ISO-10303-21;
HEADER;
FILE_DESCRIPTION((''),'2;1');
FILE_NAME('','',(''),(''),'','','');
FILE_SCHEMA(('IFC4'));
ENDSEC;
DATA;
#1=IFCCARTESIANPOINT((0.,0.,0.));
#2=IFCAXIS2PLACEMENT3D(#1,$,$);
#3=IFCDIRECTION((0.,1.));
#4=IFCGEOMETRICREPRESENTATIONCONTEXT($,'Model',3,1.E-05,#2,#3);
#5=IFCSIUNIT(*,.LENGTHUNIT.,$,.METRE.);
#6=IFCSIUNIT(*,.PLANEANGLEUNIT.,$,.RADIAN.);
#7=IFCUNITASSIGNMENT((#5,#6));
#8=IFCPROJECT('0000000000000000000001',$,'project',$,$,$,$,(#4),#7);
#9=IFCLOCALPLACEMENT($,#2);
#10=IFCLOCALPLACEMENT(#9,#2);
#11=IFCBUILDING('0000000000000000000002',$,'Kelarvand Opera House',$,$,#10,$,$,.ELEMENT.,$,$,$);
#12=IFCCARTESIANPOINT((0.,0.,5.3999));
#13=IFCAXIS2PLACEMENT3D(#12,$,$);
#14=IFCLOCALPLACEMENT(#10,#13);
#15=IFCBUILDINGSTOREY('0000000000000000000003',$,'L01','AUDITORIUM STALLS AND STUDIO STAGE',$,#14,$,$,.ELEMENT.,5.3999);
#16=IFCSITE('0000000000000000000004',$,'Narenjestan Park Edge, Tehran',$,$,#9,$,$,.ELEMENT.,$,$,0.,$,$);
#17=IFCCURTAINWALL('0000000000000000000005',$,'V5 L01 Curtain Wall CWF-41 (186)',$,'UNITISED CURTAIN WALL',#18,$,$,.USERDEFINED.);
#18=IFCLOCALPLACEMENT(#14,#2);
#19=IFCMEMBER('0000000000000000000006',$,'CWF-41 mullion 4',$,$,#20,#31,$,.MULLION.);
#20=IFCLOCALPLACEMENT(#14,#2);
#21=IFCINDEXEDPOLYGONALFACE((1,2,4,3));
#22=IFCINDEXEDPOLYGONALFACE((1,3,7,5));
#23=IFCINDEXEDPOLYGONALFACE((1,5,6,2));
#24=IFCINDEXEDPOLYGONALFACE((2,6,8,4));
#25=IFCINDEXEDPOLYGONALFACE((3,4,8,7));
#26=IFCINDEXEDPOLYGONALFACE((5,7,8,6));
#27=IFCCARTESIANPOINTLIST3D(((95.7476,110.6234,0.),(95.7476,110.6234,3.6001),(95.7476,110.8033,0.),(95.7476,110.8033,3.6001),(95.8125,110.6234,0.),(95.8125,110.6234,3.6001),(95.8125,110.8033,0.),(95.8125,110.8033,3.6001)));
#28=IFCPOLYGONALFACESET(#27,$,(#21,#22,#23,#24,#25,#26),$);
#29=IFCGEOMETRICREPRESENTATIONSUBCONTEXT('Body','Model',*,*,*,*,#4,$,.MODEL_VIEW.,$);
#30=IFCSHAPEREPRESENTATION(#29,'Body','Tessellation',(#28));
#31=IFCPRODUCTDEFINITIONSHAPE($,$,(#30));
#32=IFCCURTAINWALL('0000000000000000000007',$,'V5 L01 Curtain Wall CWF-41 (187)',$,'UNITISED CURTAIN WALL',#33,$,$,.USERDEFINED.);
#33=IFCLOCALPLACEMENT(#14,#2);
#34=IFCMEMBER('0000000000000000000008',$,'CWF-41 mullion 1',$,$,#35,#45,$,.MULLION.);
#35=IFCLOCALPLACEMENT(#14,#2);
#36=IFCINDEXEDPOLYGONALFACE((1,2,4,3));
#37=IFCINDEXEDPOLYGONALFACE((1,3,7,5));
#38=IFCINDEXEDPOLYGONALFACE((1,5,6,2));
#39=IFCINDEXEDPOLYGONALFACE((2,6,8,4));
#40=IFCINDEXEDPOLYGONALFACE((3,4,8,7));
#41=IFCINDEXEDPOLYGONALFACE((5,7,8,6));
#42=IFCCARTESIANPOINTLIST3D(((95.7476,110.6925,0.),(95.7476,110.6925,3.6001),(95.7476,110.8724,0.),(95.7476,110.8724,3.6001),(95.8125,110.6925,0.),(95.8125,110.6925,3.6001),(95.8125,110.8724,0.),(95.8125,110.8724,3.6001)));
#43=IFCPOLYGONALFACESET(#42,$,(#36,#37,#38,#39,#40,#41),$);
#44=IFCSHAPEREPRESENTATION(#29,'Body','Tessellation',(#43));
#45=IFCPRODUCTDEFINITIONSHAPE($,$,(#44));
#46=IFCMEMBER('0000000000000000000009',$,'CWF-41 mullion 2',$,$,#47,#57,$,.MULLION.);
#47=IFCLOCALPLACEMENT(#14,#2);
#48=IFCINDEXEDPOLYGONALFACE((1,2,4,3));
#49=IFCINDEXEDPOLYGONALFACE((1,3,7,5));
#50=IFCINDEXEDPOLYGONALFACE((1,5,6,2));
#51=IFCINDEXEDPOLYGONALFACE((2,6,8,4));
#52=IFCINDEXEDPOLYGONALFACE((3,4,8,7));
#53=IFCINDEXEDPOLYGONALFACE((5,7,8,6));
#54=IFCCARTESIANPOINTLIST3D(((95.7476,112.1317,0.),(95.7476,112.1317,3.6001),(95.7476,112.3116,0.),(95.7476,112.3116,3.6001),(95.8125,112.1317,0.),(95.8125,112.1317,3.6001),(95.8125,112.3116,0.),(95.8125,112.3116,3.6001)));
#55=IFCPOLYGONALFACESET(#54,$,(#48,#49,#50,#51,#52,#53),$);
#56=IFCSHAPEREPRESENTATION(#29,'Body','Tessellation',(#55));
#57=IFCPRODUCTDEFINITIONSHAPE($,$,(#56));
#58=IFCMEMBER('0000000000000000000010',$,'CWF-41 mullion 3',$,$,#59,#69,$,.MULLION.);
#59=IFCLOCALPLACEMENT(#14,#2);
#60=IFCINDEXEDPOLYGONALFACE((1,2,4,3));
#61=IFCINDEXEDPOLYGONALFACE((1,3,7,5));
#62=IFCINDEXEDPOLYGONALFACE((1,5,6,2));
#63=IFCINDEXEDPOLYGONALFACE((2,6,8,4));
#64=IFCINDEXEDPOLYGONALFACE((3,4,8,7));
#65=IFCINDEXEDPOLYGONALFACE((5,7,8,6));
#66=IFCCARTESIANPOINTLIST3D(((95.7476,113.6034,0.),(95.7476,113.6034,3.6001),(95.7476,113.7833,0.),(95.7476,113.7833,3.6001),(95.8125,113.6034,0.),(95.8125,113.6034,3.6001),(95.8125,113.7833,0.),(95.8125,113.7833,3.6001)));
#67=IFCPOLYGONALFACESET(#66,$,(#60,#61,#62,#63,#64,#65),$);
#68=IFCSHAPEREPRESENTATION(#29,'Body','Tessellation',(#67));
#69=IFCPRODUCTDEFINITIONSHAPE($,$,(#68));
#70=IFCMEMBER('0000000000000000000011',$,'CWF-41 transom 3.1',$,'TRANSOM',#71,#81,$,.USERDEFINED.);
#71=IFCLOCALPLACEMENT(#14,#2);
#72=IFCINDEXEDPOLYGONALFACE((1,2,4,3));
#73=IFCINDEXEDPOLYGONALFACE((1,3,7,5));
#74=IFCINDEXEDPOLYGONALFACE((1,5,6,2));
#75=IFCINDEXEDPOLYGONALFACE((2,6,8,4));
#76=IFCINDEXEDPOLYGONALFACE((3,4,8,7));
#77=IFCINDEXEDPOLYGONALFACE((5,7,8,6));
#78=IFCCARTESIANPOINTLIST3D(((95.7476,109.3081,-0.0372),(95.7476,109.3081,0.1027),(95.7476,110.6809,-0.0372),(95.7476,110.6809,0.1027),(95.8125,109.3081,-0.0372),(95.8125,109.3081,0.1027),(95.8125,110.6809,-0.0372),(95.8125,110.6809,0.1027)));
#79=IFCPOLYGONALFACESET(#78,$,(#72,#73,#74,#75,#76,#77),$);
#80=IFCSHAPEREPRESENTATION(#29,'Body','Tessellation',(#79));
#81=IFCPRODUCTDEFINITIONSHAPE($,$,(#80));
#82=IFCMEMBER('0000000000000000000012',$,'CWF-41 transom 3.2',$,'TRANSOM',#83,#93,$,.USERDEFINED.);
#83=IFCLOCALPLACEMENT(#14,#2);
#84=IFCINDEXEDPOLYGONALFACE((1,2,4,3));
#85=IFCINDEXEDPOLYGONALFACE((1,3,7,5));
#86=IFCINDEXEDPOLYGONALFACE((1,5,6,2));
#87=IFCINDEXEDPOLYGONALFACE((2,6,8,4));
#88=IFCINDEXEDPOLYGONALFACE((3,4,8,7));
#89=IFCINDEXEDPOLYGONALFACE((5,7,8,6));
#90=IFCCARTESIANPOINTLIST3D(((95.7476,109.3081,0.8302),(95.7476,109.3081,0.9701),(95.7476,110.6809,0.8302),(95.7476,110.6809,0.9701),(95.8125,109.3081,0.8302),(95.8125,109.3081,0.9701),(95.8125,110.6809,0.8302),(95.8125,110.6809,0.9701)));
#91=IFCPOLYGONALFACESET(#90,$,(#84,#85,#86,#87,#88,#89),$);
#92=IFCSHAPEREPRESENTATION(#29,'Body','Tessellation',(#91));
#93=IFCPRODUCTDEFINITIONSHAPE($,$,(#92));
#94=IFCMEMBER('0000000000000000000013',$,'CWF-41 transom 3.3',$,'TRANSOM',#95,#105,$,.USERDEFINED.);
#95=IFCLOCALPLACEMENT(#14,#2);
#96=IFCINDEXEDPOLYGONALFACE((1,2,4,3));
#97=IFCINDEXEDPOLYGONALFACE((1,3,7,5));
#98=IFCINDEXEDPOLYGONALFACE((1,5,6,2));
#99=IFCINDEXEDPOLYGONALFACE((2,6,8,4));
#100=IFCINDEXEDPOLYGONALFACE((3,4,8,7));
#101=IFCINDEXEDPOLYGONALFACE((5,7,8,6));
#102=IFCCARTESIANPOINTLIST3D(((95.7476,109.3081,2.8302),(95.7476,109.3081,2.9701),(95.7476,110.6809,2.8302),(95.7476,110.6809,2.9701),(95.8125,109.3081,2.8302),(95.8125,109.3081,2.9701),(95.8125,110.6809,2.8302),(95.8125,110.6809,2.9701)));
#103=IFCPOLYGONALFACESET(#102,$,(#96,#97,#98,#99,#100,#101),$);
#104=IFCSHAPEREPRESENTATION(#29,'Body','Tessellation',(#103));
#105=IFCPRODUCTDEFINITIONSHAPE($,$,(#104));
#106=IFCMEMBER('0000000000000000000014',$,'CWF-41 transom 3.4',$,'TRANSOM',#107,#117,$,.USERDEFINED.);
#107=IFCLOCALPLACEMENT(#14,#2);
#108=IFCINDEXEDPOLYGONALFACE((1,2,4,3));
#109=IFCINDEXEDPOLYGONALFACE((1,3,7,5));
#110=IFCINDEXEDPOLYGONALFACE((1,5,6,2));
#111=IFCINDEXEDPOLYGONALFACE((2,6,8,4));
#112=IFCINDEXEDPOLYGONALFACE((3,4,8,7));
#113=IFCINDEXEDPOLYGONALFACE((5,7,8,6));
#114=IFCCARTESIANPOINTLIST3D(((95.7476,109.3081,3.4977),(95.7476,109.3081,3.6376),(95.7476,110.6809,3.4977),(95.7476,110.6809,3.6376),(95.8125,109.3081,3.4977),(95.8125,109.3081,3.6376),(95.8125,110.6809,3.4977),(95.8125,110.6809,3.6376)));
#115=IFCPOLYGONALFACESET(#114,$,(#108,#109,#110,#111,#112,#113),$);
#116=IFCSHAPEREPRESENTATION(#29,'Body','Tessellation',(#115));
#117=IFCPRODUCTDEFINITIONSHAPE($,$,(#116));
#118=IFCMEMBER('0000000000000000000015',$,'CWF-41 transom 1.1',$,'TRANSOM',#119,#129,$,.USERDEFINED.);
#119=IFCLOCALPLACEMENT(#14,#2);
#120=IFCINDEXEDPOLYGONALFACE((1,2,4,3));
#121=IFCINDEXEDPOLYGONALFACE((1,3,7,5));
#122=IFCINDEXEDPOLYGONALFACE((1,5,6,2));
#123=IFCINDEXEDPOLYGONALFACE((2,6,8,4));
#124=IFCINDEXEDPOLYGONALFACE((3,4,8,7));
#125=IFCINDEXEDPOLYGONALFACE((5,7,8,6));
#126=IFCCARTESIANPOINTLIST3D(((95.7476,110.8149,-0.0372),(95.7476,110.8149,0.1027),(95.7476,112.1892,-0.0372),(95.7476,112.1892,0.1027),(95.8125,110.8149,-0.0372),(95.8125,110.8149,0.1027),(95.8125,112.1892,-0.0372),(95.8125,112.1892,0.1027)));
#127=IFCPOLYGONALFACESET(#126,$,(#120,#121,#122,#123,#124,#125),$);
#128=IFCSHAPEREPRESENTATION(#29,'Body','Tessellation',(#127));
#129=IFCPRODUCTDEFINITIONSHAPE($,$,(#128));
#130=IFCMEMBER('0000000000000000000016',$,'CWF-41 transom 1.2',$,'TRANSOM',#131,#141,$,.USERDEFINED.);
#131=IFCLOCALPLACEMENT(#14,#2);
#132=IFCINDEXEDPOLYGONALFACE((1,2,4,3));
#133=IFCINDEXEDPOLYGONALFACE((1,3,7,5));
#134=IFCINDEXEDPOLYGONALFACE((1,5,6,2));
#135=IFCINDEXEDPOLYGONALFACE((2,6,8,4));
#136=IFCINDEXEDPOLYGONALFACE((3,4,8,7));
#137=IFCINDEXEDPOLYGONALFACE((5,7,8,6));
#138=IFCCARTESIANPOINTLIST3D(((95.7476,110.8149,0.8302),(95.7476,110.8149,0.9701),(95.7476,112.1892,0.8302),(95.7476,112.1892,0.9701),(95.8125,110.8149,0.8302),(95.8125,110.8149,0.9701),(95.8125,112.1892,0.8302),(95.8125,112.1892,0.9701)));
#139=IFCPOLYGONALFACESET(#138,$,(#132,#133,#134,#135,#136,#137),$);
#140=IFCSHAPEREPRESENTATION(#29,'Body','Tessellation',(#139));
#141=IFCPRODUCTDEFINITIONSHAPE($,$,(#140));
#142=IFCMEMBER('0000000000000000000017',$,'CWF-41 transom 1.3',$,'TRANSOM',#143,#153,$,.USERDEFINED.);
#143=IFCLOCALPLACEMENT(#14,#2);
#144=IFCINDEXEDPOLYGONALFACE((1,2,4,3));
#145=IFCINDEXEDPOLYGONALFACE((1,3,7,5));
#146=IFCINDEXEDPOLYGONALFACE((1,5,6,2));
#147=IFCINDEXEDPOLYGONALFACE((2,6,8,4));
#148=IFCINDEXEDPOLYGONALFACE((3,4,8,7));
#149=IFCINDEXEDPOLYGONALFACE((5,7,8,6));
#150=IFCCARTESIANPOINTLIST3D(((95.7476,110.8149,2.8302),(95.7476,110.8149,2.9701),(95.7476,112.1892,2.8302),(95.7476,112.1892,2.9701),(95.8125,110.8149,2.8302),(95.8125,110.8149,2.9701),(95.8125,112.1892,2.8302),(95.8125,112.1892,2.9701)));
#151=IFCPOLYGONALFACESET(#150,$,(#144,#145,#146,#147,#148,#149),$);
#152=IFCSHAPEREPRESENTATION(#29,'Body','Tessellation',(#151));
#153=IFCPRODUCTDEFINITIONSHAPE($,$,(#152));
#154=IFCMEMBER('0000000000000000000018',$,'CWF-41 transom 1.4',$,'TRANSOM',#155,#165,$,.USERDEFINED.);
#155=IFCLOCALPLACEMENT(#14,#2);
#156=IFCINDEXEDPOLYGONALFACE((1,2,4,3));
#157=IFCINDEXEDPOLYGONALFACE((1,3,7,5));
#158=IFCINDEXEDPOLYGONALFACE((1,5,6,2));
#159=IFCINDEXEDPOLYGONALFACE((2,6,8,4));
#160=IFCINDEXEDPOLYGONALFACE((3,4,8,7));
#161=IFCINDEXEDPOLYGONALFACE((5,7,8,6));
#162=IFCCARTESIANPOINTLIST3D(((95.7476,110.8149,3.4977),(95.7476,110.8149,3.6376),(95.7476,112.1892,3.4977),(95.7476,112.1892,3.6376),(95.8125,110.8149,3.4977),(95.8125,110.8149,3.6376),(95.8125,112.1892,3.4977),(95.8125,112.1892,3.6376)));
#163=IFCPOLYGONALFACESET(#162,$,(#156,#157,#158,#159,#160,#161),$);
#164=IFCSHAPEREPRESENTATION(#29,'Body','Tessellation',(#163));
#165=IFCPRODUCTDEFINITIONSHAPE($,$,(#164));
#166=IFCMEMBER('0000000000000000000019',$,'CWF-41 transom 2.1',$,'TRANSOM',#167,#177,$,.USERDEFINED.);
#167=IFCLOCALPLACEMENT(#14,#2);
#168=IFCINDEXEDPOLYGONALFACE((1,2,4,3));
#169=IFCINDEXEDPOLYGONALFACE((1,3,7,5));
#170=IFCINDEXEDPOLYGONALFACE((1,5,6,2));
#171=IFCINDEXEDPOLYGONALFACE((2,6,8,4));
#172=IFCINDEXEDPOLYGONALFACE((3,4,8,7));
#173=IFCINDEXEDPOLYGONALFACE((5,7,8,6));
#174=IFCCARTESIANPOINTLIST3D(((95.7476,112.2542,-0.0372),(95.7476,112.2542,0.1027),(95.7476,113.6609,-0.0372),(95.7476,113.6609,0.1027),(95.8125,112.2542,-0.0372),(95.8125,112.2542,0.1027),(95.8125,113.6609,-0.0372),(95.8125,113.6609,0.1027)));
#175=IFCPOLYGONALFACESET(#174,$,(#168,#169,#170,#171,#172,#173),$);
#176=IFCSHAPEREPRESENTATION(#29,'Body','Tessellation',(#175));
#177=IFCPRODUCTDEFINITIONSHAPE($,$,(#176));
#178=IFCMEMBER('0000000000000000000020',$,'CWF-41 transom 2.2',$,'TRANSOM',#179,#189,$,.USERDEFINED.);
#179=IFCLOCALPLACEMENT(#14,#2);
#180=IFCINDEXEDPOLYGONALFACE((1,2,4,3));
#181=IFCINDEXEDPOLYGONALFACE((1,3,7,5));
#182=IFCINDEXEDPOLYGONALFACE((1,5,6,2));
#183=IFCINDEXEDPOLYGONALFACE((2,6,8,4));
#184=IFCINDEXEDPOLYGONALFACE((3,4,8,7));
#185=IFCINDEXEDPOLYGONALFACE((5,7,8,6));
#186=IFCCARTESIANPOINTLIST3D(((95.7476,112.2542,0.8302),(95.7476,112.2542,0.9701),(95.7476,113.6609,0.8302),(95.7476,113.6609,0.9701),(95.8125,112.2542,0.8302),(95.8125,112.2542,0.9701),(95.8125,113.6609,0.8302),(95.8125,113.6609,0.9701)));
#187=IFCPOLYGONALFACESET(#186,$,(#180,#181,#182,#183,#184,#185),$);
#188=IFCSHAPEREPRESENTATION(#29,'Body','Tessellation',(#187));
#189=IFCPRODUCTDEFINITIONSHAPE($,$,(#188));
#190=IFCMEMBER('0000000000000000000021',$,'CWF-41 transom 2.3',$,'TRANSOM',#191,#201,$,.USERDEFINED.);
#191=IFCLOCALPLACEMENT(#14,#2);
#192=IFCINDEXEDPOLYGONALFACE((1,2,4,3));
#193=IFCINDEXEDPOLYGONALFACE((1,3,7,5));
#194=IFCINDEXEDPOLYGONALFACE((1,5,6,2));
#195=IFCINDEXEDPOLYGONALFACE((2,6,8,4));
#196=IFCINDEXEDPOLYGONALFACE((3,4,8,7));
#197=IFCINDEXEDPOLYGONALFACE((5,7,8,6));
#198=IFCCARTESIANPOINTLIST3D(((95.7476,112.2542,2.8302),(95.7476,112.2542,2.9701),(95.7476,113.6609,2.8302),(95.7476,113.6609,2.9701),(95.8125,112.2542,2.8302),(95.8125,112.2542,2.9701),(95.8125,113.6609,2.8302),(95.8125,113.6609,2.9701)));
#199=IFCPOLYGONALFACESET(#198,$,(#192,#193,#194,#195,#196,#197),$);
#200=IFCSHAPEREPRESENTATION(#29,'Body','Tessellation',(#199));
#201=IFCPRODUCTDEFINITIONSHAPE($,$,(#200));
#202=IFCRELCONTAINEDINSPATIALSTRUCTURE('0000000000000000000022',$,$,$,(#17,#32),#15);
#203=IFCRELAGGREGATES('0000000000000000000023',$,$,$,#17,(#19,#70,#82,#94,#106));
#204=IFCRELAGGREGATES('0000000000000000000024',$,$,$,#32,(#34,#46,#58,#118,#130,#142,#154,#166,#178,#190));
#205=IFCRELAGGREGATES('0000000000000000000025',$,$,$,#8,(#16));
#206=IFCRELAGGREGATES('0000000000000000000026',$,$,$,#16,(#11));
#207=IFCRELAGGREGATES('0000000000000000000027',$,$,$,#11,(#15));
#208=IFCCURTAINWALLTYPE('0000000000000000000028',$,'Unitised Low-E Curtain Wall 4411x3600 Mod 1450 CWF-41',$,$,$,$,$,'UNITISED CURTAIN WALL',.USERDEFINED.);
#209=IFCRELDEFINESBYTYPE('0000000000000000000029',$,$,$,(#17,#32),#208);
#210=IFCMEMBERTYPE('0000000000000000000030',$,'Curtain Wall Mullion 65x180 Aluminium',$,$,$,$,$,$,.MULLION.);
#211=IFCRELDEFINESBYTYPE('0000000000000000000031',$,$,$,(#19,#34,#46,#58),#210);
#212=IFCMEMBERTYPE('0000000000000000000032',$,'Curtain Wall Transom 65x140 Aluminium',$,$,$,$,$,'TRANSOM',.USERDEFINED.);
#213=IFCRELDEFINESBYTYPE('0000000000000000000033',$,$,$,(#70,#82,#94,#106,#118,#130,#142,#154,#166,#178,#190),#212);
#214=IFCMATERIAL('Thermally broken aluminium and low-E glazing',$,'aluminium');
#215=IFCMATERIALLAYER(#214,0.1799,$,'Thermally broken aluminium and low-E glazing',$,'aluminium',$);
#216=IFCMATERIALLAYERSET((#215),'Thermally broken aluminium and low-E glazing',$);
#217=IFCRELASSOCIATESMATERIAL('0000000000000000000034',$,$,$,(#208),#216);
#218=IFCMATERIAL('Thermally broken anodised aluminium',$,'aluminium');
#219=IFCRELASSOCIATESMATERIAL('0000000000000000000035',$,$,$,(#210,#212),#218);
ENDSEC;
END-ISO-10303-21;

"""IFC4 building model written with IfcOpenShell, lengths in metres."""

from ifc_helpers import new_model, si_unit, direction, frame, origin, origin_2d, place, context, subcontext, project, spatial, rectangle, extrude, material, layer, layer_set, material_profile, profile_set, type_object, element, aggregate, save


model = new_model("IFC4")

# Units and contexts
model_context = context("Model", 3, precision=1e-05, world=origin(), true_north=direction((0.0, 1.0)))
body_context = subcontext(model_context, "Body", "Model", "MODEL_VIEW")
ifc_project = project(units=[si_unit("LENGTHUNIT", "METRE"), si_unit("PLANEANGLEUNIT", "RADIAN")], contexts=[model_context])

# Site, building, storey
site_placement = place(None, origin())
site = spatial("IfcSite", under=ifc_project, at=site_placement, Name="Narenjestan Park Edge, Tehran", CompositionType="ELEMENT", RefElevation=0.0)
building_placement = place(site_placement, origin())
building = spatial("IfcBuilding", under=site, at=building_placement, Name="Kelarvand Opera House", CompositionType="ELEMENT")
storey_placement = place(building_placement, frame((0.0, 0.0, 5.3999)))
storey = spatial("IfcBuildingStorey", under=building, at=storey_placement, Name="L01", Description="AUDITORIUM STALLS AND STUDIO STAGE", CompositionType="ELEMENT", Elevation=5.3999)

# Curtain wall, member
ifc_material_1 = material(Name="Thermally broken aluminium and low-E glazing", Category="aluminium")
ifc_layer_1 = layer(ifc_material_1, 0.1799, Name="Thermally broken aluminium and low-E glazing", Category="aluminium")
ifc_layer_set_1 = layer_set([ifc_layer_1], Name="Thermally broken aluminium and low-E glazing")
curtain_wall_type = type_object("IfcCurtainWallType", Name="Unitised Low-E Curtain Wall 4411x3600 Mod 1450 CWF-41", ElementType="UNITISED CURTAIN WALL", PredefinedType="USERDEFINED", material=ifc_layer_set_1)
curtain_wall_1_placement = place(storey_placement, origin())
curtain_wall_1 = element("IfcCurtainWall", 1, at=curtain_wall_1_placement, inside=storey, type_object=curtain_wall_type, Name="V5 L01 Curtain Wall CWF-41 (186)", ObjectType="UNITISED CURTAIN WALL", PredefinedType="USERDEFINED")
ifc_material_2 = material(Name="Thermally broken anodised aluminium", Category="aluminium")
ifc_material_profile_1 = material_profile(ifc_material_2, rectangle(XDim=0.0649, YDim=0.1799, at=origin_2d()), Name="ALU MULLION 65x180", Category="aluminium")
ifc_profile_set_1 = profile_set([ifc_material_profile_1], Name="Thermally broken anodised aluminium")
member_type_1 = type_object("IfcMemberType", Name="Curtain Wall Mullion 65x180 Aluminium", PredefinedType="MULLION", material=ifc_profile_set_1)
member_1_placement = place(storey_placement, frame((95.78, 110.7134, 0.0), z_axis=(0.0, 0.0, 1.0), x_axis=(-1.0, 0.0, 0.0)))
member_1 = element("IfcMember", 2, at=member_1_placement, type_object=member_type_1, Name="CWF-41 mullion 4", PredefinedType="MULLION", context=body_context, shape_type="SweptSolid", body=[
    extrude(rectangle(XDim=0.0649, YDim=0.1799, at=origin_2d()), origin(), (0.0, 0.0, 1.0), 3.6001),
])

# Curtain wall, members
curtain_wall_2_placement = place(storey_placement, origin())
curtain_wall_2 = element("IfcCurtainWall", 3, at=curtain_wall_2_placement, inside=storey, type_object=curtain_wall_type, Name="V5 L01 Curtain Wall CWF-41 (187)", ObjectType="UNITISED CURTAIN WALL", PredefinedType="USERDEFINED")
member_2_placement = place(storey_placement, frame((95.78, 110.7825, 0.0), z_axis=(0.0, 0.0, 1.0), x_axis=(-1.0, 0.0, 0.0)))
member_2 = element("IfcMember", 4, at=member_2_placement, type_object=member_type_1, Name="CWF-41 mullion 1", PredefinedType="MULLION", context=body_context, shape_type="SweptSolid", body=[
    extrude(rectangle(XDim=0.0649, YDim=0.1799, at=origin_2d()), origin(), (0.0, 0.0, 1.0), 3.6001),
])
member_3_placement = place(storey_placement, frame((95.78, 112.2217, 0.0), z_axis=(0.0, 0.0, 1.0), x_axis=(-1.0, 0.0, 0.0)))
member_3 = element("IfcMember", 5, at=member_3_placement, type_object=member_type_1, Name="CWF-41 mullion 2", PredefinedType="MULLION", context=body_context, shape_type="SweptSolid", body=[
    extrude(rectangle(XDim=0.0649, YDim=0.1799, at=origin_2d()), origin(), (0.0, 0.0, 1.0), 3.6001),
])
member_4_placement = place(storey_placement, frame((95.78, 113.6934, 0.0), z_axis=(0.0, 0.0, 1.0), x_axis=(-1.0, 0.0, 0.0)))
member_4 = element("IfcMember", 6, at=member_4_placement, type_object=member_type_1, Name="CWF-41 mullion 3", PredefinedType="MULLION", context=body_context, shape_type="SweptSolid", body=[
    extrude(rectangle(XDim=0.0649, YDim=0.1799, at=origin_2d()), origin(), (0.0, 0.0, 1.0), 3.6001),
])

# Members
ifc_material_profile_2 = material_profile(ifc_material_2, rectangle(XDim=0.0649, YDim=0.1399, at=origin_2d()), Name="ALU TRANSOM 65x140", Category="aluminium")
ifc_profile_set_2 = profile_set([ifc_material_profile_2], Name="Thermally broken anodised aluminium")
member_type_2 = type_object("IfcMemberType", Name="Curtain Wall Transom 65x140 Aluminium", ElementType="TRANSOM", PredefinedType="USERDEFINED", material=ifc_profile_set_2)
member_5_placement = place(storey_placement, frame((95.78, 109.3081, 0.0327), z_axis=(0.0, 1.0, 0.0), x_axis=(-1.0, 0.0, 0.0)))
member_5 = element("IfcMember", 7, at=member_5_placement, type_object=member_type_2, Name="CWF-41 transom 3.1", ObjectType="TRANSOM", PredefinedType="USERDEFINED", context=body_context, shape_type="SweptSolid", body=[
    extrude(rectangle(XDim=0.0649, YDim=0.1399, at=origin_2d()), origin(), (0.0, 0.0, 1.0), 1.3728),
])
member_6_placement = place(storey_placement, frame((95.78, 109.3081, 0.9001), z_axis=(0.0, 1.0, 0.0), x_axis=(-1.0, 0.0, 0.0)))
member_6 = element("IfcMember", 8, at=member_6_placement, type_object=member_type_2, Name="CWF-41 transom 3.2", ObjectType="TRANSOM", PredefinedType="USERDEFINED", context=body_context, shape_type="SweptSolid", body=[
    extrude(rectangle(XDim=0.0649, YDim=0.1399, at=origin_2d()), origin(), (0.0, 0.0, 1.0), 1.3728),
])
member_7_placement = place(storey_placement, frame((95.78, 109.3081, 2.9001), z_axis=(0.0, 1.0, 0.0), x_axis=(-1.0, 0.0, 0.0)))
member_7 = element("IfcMember", 9, at=member_7_placement, type_object=member_type_2, Name="CWF-41 transom 3.3", ObjectType="TRANSOM", PredefinedType="USERDEFINED", context=body_context, shape_type="SweptSolid", body=[
    extrude(rectangle(XDim=0.0649, YDim=0.1399, at=origin_2d()), origin(), (0.0, 0.0, 1.0), 1.3728),
])
member_8_placement = place(storey_placement, frame((95.78, 109.3081, 3.5676), z_axis=(0.0, 1.0, 0.0), x_axis=(-1.0, 0.0, 0.0)))
member_8 = element("IfcMember", 10, at=member_8_placement, type_object=member_type_2, Name="CWF-41 transom 3.4", ObjectType="TRANSOM", PredefinedType="USERDEFINED", context=body_context, shape_type="SweptSolid", body=[
    extrude(rectangle(XDim=0.0649, YDim=0.1399, at=origin_2d()), origin(), (0.0, 0.0, 1.0), 1.3728),
])
member_9_placement = place(storey_placement, frame((95.78, 110.8149, 0.0327), z_axis=(0.0, 1.0, 0.0), x_axis=(-1.0, 0.0, 0.0)))
member_9 = element("IfcMember", 11, at=member_9_placement, type_object=member_type_2, Name="CWF-41 transom 1.1", ObjectType="TRANSOM", PredefinedType="USERDEFINED", context=body_context, shape_type="SweptSolid", body=[
    extrude(rectangle(XDim=0.0649, YDim=0.1399, at=origin_2d()), origin(), (0.0, 0.0, 1.0), 1.3743),
])
member_10_placement = place(storey_placement, frame((95.78, 110.8149, 0.9001), z_axis=(0.0, 1.0, 0.0), x_axis=(-1.0, 0.0, 0.0)))
member_10 = element("IfcMember", 12, at=member_10_placement, type_object=member_type_2, Name="CWF-41 transom 1.2", ObjectType="TRANSOM", PredefinedType="USERDEFINED", context=body_context, shape_type="SweptSolid", body=[
    extrude(rectangle(XDim=0.0649, YDim=0.1399, at=origin_2d()), origin(), (0.0, 0.0, 1.0), 1.3743),
])
member_11_placement = place(storey_placement, frame((95.78, 110.8149, 2.9001), z_axis=(0.0, 1.0, 0.0), x_axis=(-1.0, 0.0, 0.0)))
member_11 = element("IfcMember", 13, at=member_11_placement, type_object=member_type_2, Name="CWF-41 transom 1.3", ObjectType="TRANSOM", PredefinedType="USERDEFINED", context=body_context, shape_type="SweptSolid", body=[
    extrude(rectangle(XDim=0.0649, YDim=0.1399, at=origin_2d()), origin(), (0.0, 0.0, 1.0), 1.3743),
])
member_12_placement = place(storey_placement, frame((95.78, 110.8149, 3.5676), z_axis=(0.0, 1.0, 0.0), x_axis=(-1.0, 0.0, 0.0)))
member_12 = element("IfcMember", 14, at=member_12_placement, type_object=member_type_2, Name="CWF-41 transom 1.4", ObjectType="TRANSOM", PredefinedType="USERDEFINED", context=body_context, shape_type="SweptSolid", body=[
    extrude(rectangle(XDim=0.0649, YDim=0.1399, at=origin_2d()), origin(), (0.0, 0.0, 1.0), 1.3743),
])
member_13_placement = place(storey_placement, frame((95.78, 112.2542, 0.0327), z_axis=(0.0, 1.0, 0.0), x_axis=(-1.0, 0.0, 0.0)))
member_13 = element("IfcMember", 15, at=member_13_placement, type_object=member_type_2, Name="CWF-41 transom 2.1", ObjectType="TRANSOM", PredefinedType="USERDEFINED", context=body_context, shape_type="SweptSolid", body=[
    extrude(rectangle(XDim=0.0649, YDim=0.1399, at=origin_2d()), origin(), (0.0, 0.0, 1.0), 1.4067),
])
member_14_placement = place(storey_placement, frame((95.78, 112.2542, 0.9001), z_axis=(0.0, 1.0, 0.0), x_axis=(-1.0, 0.0, 0.0)))
member_14 = element("IfcMember", 16, at=member_14_placement, type_object=member_type_2, Name="CWF-41 transom 2.2", ObjectType="TRANSOM", PredefinedType="USERDEFINED", context=body_context, shape_type="SweptSolid", body=[
    extrude(rectangle(XDim=0.0649, YDim=0.1399, at=origin_2d()), origin(), (0.0, 0.0, 1.0), 1.4067),
])
member_15_placement = place(storey_placement, frame((95.78, 112.2542, 2.9001), z_axis=(0.0, 1.0, 0.0), x_axis=(-1.0, 0.0, 0.0)))
member_15 = element("IfcMember", 17, at=member_15_placement, type_object=member_type_2, Name="CWF-41 transom 2.3", ObjectType="TRANSOM", PredefinedType="USERDEFINED", context=body_context, shape_type="SweptSolid", body=[
    extrude(rectangle(XDim=0.0649, YDim=0.1399, at=origin_2d()), origin(), (0.0, 0.0, 1.0), 1.4067),
])

aggregate(curtain_wall_1, [member_1, member_5, member_6, member_7, member_8])
aggregate(curtain_wall_2, [member_2, member_3, member_4, member_9, member_10, member_11, member_12, member_13, member_14, member_15])

save(model, "model.ifc")
